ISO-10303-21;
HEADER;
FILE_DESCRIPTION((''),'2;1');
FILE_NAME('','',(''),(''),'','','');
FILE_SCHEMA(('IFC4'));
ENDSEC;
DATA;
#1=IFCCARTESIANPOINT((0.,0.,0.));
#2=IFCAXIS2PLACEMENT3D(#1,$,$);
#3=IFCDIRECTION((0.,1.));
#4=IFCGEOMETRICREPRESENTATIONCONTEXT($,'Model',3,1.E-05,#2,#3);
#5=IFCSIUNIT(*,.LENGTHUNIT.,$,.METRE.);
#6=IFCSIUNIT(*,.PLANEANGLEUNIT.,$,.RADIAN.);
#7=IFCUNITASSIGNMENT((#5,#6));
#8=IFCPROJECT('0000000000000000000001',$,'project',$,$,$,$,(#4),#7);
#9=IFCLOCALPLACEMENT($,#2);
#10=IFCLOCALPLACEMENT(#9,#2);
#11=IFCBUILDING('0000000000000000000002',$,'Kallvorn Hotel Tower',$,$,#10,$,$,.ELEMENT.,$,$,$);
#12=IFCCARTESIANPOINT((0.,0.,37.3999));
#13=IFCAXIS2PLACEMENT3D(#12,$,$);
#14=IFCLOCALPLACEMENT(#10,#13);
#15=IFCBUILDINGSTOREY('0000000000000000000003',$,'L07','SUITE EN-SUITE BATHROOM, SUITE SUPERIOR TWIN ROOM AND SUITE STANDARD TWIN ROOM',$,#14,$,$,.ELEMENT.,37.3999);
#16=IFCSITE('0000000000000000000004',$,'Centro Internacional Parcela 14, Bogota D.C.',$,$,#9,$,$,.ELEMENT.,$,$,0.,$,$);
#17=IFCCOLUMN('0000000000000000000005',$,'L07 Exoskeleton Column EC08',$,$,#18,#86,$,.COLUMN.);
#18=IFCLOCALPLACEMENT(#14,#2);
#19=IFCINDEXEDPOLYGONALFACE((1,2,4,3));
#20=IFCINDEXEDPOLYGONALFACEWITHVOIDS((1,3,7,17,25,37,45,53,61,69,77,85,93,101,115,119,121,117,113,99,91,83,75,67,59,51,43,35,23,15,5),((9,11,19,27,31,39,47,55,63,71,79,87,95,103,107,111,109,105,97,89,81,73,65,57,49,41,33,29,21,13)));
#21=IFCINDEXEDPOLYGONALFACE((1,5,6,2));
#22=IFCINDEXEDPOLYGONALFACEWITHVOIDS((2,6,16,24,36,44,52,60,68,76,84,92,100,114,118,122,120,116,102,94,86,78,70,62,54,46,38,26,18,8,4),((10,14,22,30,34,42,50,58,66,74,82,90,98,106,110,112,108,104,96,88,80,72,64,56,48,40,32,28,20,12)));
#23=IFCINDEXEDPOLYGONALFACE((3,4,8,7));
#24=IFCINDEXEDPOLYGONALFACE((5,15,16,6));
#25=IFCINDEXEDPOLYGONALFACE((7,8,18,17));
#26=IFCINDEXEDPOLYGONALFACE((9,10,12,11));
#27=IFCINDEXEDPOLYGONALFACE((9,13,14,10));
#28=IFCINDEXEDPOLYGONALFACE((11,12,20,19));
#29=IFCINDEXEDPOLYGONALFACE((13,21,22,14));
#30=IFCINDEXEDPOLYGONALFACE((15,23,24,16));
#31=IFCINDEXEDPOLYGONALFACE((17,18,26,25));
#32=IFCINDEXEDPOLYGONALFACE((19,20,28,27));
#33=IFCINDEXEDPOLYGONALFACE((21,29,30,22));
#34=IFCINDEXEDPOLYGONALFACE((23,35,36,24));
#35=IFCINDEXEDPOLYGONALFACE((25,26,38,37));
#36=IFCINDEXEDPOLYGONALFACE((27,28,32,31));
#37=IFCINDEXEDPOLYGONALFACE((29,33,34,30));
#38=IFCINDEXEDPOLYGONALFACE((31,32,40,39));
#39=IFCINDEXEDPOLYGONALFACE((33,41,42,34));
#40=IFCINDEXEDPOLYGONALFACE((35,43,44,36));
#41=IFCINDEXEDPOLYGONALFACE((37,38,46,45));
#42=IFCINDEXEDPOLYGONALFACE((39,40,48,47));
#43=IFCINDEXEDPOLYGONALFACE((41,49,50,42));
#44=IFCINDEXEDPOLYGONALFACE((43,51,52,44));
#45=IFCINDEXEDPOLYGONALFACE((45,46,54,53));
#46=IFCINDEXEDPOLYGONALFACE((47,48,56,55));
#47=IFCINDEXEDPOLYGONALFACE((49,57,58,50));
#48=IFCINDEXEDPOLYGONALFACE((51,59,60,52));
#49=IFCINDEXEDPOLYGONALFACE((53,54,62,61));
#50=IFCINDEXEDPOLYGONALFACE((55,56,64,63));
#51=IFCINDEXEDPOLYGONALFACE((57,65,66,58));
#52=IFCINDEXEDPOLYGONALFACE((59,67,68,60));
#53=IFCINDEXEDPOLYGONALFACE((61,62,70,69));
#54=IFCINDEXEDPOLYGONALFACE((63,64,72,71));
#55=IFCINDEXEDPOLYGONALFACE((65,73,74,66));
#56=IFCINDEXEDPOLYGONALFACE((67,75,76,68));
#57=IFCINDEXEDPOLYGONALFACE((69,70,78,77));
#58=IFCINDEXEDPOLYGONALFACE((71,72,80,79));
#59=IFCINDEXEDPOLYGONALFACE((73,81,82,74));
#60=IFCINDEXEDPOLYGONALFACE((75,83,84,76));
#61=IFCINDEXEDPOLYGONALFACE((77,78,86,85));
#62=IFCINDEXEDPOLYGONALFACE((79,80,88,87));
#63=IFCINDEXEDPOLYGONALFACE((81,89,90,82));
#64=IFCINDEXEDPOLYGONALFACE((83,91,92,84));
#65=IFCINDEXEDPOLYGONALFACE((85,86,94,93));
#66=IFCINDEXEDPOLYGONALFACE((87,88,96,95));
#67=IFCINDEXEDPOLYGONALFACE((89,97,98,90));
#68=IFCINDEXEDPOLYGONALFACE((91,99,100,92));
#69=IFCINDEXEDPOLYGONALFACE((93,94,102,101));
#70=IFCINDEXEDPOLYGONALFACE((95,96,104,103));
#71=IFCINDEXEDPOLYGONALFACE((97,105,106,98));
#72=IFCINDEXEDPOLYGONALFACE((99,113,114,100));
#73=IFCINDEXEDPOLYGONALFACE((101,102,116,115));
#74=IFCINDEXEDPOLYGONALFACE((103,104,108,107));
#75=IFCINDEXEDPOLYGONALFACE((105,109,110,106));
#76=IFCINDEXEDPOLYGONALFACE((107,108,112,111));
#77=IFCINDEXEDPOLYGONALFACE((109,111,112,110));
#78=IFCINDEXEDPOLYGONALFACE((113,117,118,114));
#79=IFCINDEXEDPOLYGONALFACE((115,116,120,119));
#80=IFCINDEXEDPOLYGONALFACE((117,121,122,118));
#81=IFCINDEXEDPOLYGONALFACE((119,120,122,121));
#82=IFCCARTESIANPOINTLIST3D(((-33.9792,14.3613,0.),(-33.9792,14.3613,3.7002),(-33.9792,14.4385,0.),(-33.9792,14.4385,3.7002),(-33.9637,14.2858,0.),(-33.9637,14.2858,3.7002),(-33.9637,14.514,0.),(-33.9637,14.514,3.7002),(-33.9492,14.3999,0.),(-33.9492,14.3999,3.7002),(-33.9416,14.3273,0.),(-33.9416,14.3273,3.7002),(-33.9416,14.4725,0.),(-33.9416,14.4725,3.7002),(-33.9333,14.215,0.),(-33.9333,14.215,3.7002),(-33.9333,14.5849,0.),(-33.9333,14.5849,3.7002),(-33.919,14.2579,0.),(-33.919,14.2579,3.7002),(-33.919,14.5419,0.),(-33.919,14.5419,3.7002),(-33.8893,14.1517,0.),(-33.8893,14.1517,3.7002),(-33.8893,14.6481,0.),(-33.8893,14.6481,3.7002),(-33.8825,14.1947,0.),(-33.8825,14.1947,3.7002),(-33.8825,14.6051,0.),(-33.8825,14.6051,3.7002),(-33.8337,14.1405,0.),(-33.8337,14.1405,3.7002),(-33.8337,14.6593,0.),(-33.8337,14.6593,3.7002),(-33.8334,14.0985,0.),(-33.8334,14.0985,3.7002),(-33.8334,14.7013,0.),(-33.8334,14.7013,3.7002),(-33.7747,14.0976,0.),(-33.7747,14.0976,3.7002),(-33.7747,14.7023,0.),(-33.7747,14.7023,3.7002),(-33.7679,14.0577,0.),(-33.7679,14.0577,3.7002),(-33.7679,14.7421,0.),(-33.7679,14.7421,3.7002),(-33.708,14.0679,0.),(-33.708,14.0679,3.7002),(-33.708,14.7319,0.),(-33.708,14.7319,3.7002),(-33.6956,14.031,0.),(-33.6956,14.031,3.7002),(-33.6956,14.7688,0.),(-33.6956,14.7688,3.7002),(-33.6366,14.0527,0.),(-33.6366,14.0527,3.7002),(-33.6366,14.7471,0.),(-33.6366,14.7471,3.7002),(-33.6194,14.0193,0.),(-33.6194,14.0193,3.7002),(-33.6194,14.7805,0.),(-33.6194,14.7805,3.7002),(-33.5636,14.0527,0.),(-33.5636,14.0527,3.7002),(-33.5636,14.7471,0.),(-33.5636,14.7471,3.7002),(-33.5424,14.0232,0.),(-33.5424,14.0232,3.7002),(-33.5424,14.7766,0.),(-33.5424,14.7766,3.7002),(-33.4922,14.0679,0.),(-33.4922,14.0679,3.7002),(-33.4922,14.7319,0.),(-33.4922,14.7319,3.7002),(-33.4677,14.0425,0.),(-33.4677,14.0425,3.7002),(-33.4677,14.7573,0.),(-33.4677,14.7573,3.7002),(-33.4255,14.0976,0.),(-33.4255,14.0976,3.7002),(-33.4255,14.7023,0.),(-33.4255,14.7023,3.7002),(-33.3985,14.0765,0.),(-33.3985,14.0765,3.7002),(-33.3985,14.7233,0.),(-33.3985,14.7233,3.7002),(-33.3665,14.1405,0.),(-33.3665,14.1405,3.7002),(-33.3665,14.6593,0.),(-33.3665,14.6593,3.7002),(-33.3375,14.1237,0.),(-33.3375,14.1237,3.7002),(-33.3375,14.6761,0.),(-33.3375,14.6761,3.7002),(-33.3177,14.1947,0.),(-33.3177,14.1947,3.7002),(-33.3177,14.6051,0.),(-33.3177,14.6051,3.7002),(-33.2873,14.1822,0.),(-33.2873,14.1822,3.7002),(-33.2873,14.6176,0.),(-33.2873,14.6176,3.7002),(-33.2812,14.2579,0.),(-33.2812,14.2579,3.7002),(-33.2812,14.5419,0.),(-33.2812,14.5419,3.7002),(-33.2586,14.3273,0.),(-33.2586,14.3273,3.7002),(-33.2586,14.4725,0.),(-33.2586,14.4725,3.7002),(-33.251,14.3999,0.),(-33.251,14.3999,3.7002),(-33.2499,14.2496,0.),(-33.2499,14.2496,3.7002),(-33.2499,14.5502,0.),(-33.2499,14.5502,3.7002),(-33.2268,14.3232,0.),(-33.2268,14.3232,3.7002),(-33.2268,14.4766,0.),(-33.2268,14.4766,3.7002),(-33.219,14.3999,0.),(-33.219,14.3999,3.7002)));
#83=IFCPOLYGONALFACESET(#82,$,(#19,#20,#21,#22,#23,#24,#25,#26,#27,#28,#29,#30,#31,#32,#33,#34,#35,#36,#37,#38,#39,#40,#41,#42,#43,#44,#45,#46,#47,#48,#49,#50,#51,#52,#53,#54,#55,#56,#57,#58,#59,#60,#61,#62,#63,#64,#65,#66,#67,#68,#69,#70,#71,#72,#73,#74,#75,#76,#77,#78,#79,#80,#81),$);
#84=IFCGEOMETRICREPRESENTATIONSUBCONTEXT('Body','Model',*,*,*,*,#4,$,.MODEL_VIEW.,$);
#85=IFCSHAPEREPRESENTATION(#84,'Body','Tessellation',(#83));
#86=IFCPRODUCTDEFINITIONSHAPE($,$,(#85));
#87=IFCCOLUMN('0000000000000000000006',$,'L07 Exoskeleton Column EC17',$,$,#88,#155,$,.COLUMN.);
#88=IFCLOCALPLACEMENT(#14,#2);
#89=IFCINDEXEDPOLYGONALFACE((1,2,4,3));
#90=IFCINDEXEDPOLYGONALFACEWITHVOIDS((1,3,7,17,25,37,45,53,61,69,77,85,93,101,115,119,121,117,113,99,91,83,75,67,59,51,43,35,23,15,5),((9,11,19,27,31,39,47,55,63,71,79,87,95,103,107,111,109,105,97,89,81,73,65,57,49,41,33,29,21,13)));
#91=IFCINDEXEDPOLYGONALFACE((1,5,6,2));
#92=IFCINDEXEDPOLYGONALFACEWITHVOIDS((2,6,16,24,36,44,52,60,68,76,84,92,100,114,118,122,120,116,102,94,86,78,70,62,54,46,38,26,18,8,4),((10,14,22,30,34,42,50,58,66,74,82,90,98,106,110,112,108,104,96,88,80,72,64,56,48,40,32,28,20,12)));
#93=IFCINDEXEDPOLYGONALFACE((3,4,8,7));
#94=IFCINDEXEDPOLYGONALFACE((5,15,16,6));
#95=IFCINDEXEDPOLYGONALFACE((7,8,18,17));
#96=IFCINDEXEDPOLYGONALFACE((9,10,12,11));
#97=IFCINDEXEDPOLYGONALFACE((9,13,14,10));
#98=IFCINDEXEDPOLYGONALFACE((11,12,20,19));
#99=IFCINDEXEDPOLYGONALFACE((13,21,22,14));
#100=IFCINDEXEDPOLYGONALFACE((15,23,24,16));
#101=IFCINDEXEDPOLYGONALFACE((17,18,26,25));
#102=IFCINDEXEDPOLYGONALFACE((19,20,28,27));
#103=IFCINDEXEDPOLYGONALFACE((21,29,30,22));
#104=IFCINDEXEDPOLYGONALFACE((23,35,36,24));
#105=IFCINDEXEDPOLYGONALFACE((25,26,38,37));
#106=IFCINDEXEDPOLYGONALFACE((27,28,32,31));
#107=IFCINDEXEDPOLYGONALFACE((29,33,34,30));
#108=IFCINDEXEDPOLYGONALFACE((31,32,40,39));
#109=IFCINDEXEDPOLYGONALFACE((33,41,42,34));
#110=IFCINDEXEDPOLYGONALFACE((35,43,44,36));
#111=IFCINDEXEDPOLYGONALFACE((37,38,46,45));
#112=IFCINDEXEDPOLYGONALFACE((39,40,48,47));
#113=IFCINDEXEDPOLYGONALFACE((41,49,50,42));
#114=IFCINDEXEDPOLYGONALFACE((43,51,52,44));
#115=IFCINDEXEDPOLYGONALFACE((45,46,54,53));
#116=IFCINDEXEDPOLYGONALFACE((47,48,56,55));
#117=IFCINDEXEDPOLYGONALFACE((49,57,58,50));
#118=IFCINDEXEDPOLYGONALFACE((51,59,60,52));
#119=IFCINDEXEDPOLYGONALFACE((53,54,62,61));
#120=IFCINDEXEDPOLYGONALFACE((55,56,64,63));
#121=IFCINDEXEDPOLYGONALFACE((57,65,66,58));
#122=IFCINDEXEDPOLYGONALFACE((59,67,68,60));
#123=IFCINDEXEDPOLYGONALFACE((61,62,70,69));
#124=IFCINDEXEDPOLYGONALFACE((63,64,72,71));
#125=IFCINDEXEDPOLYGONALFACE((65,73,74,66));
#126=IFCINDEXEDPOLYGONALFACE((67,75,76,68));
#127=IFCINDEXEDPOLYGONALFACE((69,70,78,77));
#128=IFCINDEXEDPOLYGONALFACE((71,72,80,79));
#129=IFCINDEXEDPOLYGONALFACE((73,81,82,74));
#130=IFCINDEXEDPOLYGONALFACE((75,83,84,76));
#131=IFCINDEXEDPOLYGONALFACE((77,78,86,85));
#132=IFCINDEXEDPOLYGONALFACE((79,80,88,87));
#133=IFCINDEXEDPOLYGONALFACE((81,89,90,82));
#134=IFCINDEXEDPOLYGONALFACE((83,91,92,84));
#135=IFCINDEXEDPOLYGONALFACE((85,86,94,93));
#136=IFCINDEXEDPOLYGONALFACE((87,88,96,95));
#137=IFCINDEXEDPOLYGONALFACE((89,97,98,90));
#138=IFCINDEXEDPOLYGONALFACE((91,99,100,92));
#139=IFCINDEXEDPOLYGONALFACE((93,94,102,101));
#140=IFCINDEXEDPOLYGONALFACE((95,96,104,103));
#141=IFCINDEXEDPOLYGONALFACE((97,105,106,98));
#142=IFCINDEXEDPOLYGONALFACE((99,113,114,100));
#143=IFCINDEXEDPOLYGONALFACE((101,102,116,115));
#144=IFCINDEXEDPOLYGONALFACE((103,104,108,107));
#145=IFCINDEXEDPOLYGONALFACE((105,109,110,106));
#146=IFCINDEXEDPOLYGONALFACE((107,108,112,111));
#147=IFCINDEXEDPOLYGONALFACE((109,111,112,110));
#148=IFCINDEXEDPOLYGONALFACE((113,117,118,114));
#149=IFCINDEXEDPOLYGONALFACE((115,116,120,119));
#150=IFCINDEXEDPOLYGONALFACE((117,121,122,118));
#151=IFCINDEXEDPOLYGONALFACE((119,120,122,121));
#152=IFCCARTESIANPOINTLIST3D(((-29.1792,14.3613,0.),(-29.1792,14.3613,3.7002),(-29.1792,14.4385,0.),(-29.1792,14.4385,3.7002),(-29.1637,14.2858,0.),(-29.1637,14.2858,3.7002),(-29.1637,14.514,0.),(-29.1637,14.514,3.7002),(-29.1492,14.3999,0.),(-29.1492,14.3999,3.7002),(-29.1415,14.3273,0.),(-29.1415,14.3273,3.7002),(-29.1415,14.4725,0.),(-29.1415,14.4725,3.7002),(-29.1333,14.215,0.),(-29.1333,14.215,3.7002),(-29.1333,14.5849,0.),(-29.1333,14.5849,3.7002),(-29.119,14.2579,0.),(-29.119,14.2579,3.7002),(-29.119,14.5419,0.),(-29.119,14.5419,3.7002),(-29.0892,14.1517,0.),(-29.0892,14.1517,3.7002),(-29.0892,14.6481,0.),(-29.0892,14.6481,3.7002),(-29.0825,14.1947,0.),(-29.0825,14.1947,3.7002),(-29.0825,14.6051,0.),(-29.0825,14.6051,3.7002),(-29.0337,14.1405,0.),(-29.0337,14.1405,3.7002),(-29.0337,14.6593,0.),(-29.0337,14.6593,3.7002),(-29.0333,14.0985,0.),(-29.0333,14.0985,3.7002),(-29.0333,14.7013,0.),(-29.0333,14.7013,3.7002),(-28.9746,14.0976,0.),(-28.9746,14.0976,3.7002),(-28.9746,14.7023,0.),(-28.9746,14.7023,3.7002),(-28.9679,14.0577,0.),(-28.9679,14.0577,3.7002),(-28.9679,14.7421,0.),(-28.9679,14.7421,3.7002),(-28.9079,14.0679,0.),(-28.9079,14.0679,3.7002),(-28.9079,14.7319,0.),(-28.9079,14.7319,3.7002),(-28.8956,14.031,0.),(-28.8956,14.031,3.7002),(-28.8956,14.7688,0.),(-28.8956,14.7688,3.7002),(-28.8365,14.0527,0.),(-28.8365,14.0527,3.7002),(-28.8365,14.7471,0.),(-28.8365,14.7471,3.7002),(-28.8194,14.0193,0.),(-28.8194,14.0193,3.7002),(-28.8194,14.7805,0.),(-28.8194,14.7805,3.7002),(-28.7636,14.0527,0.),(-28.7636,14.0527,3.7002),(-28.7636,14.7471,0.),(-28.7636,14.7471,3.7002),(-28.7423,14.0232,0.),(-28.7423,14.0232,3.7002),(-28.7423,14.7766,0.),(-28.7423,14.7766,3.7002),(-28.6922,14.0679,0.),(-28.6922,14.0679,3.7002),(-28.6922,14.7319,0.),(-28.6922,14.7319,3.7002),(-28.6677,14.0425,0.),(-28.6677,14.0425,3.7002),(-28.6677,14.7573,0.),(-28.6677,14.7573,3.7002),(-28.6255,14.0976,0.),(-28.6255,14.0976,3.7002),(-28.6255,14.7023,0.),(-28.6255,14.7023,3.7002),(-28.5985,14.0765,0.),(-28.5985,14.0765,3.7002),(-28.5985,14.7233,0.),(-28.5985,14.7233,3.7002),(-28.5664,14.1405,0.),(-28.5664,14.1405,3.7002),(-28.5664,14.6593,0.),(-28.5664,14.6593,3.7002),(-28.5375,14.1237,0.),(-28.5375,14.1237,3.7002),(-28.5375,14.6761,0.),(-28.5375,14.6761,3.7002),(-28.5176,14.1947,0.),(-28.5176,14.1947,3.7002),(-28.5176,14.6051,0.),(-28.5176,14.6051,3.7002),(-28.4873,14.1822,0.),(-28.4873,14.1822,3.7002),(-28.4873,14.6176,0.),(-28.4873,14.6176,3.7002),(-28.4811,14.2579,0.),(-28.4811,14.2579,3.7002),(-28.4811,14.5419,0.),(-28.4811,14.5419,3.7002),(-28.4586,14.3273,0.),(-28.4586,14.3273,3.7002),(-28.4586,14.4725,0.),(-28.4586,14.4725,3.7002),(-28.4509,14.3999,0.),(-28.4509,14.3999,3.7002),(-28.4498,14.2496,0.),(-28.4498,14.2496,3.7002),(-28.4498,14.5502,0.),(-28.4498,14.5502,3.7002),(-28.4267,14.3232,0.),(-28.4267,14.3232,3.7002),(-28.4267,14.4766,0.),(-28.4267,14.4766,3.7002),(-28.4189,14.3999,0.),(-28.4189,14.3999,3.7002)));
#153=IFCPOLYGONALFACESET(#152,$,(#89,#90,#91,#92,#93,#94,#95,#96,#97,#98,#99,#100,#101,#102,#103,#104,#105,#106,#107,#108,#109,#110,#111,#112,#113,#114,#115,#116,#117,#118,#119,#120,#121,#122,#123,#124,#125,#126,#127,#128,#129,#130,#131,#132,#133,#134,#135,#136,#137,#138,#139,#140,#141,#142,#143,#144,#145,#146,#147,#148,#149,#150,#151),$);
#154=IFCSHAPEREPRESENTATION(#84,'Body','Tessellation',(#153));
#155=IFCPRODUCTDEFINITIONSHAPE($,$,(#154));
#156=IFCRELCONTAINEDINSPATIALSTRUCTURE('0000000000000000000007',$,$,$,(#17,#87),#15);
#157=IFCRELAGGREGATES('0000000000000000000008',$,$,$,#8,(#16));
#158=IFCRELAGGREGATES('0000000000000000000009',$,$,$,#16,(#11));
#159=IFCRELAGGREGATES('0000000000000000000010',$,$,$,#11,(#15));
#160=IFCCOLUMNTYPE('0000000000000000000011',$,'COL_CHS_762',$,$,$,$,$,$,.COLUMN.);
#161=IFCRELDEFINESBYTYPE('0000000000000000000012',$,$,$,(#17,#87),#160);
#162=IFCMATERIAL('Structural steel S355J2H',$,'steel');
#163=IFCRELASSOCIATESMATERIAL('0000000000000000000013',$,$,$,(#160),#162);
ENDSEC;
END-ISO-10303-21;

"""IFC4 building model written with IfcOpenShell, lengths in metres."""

from ifc_helpers import new_model, si_unit, direction, frame, origin, origin_2d, place, context, subcontext, project, spatial, hollow_circle, extrude, material, material_profile, profile_set, type_object, element, save


model = new_model("IFC4")

# Units and contexts
model_context = context("Model", 3, precision=1e-05, world=origin(), true_north=direction((0.0, 1.0)))
body_context = subcontext(model_context, "Body", "Model", "MODEL_VIEW")
ifc_project = project(units=[si_unit("LENGTHUNIT", "METRE"), si_unit("PLANEANGLEUNIT", "RADIAN")], contexts=[model_context])

# Site, building, storey
site_placement = place(None, origin())
site = spatial("IfcSite", under=ifc_project, at=site_placement, Name="Centro Internacional Parcela 14, Bogota D.C.", CompositionType="ELEMENT", RefElevation=0.0)
building_placement = place(site_placement, origin())
building = spatial("IfcBuilding", under=site, at=building_placement, Name="Kallvorn Hotel Tower", CompositionType="ELEMENT")
storey_placement = place(building_placement, frame((0.0, 0.0, 37.3999)))
storey = spatial("IfcBuildingStorey", under=building, at=storey_placement, Name="L07", Description="SUITE EN-SUITE BATHROOM, SUITE SUPERIOR TWIN ROOM AND SUITE STANDARD TWIN ROOM", CompositionType="ELEMENT", Elevation=37.3999)

# Columns
ifc_material_1 = material(Name="Structural steel S355J2H", Category="steel")
ifc_material_profile_1 = material_profile(ifc_material_1, hollow_circle(Radius=0.3811, WallThickness=0.032, at=origin_2d()), Name="CHS 762x32")
ifc_profile_set_1 = profile_set([ifc_material_profile_1], Name="Structural steel S355J2H")
column_type_1 = type_object("IfcColumnType", Name="COL_CHS_762", PredefinedType="COLUMN", material=ifc_profile_set_1)
for number, where, z_axis, x_axis, name in (
    (1, (-33.6001, 14.3999, 0.0), (0.0, 0.0, 1.0), (1.0, 0.0, 0.0), "L07 Exoskeleton Column EC08"),
    (2, (-28.8, 14.3999, 0.0), (0.0, 0.0, 1.0), (1.0, 0.0, 0.0), "L07 Exoskeleton Column EC17"),
):
    element("IfcColumn", number, at=place(storey_placement, frame(where, z_axis=z_axis, x_axis=x_axis)), inside=storey, type_object=column_type_1, Name=name, PredefinedType="COLUMN", context=body_context, shape_type="SweptSolid", body=[
        extrude(hollow_circle(Radius=0.3811, WallThickness=0.032, at=origin_2d()), origin(), (0.0, 0.0, 1.0), 3.7002),
    ])

save(model, "model.ifc")
